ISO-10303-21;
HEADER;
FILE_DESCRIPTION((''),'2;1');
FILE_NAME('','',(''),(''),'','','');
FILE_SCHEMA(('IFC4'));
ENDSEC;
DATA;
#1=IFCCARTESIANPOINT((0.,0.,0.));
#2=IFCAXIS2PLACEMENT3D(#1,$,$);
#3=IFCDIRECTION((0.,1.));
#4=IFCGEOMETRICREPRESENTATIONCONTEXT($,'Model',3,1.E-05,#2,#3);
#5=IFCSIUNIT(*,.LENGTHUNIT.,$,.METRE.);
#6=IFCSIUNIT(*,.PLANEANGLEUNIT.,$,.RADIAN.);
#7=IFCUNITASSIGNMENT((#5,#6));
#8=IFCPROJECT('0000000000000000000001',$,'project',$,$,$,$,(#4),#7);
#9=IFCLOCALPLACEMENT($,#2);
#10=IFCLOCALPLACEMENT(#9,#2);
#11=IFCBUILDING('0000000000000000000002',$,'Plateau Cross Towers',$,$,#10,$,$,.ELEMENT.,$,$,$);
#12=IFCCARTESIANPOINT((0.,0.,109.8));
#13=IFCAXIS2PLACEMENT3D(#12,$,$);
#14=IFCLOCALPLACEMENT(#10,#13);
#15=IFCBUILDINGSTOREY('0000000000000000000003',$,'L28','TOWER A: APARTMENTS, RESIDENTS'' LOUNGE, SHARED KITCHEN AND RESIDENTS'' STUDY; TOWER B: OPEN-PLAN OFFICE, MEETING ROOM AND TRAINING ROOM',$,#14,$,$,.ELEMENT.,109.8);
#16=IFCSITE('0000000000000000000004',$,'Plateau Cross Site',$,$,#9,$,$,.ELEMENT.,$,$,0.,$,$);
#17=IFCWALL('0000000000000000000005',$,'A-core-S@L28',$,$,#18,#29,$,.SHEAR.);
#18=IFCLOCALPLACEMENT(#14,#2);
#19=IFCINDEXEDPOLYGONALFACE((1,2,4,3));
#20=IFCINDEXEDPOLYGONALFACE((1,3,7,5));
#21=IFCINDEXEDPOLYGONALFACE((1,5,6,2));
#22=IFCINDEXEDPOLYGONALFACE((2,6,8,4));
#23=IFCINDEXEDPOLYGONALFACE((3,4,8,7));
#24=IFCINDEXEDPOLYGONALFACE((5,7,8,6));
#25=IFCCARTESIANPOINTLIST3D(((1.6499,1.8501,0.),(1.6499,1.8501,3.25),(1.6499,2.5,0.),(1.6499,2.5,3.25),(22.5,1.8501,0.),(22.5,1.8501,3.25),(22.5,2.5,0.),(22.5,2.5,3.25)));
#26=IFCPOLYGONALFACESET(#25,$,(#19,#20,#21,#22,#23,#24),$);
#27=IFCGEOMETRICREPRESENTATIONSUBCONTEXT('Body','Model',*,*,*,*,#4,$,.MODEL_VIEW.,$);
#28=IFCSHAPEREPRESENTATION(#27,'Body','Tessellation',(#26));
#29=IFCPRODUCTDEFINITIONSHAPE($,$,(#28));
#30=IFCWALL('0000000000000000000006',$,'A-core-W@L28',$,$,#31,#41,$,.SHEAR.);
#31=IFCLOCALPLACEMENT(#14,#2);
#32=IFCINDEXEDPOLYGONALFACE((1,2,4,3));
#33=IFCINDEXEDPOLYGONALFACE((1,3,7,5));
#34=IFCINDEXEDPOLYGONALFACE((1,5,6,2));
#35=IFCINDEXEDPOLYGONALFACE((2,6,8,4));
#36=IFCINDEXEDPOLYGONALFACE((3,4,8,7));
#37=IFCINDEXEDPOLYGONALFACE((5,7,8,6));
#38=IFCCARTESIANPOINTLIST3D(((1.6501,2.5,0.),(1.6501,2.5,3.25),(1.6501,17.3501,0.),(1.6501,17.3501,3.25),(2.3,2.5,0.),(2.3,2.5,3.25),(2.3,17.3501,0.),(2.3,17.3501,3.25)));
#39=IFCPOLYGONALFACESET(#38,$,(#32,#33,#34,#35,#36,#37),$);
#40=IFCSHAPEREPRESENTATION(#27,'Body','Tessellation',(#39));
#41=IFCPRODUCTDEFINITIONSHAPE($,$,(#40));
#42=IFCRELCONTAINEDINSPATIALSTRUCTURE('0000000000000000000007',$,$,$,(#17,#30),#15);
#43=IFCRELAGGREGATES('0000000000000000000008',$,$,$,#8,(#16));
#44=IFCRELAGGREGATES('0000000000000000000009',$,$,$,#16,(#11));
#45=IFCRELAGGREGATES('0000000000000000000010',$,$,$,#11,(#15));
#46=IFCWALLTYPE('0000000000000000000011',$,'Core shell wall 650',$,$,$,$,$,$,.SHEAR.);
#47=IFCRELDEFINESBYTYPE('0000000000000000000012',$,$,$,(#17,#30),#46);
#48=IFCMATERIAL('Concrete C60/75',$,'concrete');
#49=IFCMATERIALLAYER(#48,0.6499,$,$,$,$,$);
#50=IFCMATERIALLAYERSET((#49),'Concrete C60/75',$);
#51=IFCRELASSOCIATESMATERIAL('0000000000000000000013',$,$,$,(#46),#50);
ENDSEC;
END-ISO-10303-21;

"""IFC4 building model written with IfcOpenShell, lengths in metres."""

from ifc_helpers import new_model, si_unit, direction, frame, frame_2d, origin, place, context, subcontext, project, spatial, rectangle, extrude, material, layer, layer_set, type_object, element, save


model = new_model("IFC4")

# Units and contexts
model_context = context("Model", 3, precision=1e-05, world=origin(), true_north=direction((0.0, 1.0)))
body_context = subcontext(model_context, "Body", "Model", "MODEL_VIEW")
ifc_project = project(units=[si_unit("LENGTHUNIT", "METRE"), si_unit("PLANEANGLEUNIT", "RADIAN")], contexts=[model_context])

# Site, building, storey
site_placement = place(None, origin())
site = spatial("IfcSite", under=ifc_project, at=site_placement, Name="Plateau Cross Site", CompositionType="ELEMENT", RefElevation=0.0)
building_placement = place(site_placement, origin())
building = spatial("IfcBuilding", under=site, at=building_placement, Name="Plateau Cross Towers", CompositionType="ELEMENT")
storey_placement = place(building_placement, frame((0.0, 0.0, 109.8)))
storey = spatial("IfcBuildingStorey", under=building, at=storey_placement, Name="L28", Description="TOWER A: APARTMENTS, RESIDENTS' LOUNGE, SHARED KITCHEN AND RESIDENTS' STUDY; TOWER B: OPEN-PLAN OFFICE, MEETING ROOM AND TRAINING ROOM", CompositionType="ELEMENT", Elevation=109.8)

# Shared definitions
ifc_material_1 = material(Name="Concrete C60/75", Category="concrete")

# Walls
ifc_layer_1 = layer(ifc_material_1, 0.6499)
ifc_layer_set_1 = layer_set([ifc_layer_1], Name="Concrete C60/75")
wall_type_1 = type_object("IfcWallType", Name="Core shell wall 650", PredefinedType="SHEAR", material=ifc_layer_set_1)
wall_1_placement = place(storey_placement, frame((1.6499, 2.175, 0.0), z_axis=(0.0, 0.0, 1.0), x_axis=(1.0, 0.0, 0.0)))
element("IfcWall", 1, at=wall_1_placement, inside=storey, type_object=wall_type_1, Name="A-core-S@L28", PredefinedType="SHEAR", context=body_context, shape_type="SweptSolid", body=[
    extrude(rectangle(XDim=20.8501, YDim=0.6499, at=frame_2d((10.425, 0.0))), origin(), (0.0, 0.0, 1.0), 3.25),
])
wall_2_placement = place(storey_placement, frame((1.9751, 2.5, 0.0), z_axis=(0.0, 0.0, 1.0), x_axis=(0.0, 1.0, 0.0)))
element("IfcWall", 2, at=wall_2_placement, inside=storey, type_object=wall_type_1, Name="A-core-W@L28", PredefinedType="SHEAR", context=body_context, shape_type="SweptSolid", body=[
    extrude(rectangle(XDim=14.8501, YDim=0.6499, at=frame_2d((7.425, 0.0))), origin(), (0.0, 0.0, 1.0), 3.25),
])

save(model, "model.ifc")
